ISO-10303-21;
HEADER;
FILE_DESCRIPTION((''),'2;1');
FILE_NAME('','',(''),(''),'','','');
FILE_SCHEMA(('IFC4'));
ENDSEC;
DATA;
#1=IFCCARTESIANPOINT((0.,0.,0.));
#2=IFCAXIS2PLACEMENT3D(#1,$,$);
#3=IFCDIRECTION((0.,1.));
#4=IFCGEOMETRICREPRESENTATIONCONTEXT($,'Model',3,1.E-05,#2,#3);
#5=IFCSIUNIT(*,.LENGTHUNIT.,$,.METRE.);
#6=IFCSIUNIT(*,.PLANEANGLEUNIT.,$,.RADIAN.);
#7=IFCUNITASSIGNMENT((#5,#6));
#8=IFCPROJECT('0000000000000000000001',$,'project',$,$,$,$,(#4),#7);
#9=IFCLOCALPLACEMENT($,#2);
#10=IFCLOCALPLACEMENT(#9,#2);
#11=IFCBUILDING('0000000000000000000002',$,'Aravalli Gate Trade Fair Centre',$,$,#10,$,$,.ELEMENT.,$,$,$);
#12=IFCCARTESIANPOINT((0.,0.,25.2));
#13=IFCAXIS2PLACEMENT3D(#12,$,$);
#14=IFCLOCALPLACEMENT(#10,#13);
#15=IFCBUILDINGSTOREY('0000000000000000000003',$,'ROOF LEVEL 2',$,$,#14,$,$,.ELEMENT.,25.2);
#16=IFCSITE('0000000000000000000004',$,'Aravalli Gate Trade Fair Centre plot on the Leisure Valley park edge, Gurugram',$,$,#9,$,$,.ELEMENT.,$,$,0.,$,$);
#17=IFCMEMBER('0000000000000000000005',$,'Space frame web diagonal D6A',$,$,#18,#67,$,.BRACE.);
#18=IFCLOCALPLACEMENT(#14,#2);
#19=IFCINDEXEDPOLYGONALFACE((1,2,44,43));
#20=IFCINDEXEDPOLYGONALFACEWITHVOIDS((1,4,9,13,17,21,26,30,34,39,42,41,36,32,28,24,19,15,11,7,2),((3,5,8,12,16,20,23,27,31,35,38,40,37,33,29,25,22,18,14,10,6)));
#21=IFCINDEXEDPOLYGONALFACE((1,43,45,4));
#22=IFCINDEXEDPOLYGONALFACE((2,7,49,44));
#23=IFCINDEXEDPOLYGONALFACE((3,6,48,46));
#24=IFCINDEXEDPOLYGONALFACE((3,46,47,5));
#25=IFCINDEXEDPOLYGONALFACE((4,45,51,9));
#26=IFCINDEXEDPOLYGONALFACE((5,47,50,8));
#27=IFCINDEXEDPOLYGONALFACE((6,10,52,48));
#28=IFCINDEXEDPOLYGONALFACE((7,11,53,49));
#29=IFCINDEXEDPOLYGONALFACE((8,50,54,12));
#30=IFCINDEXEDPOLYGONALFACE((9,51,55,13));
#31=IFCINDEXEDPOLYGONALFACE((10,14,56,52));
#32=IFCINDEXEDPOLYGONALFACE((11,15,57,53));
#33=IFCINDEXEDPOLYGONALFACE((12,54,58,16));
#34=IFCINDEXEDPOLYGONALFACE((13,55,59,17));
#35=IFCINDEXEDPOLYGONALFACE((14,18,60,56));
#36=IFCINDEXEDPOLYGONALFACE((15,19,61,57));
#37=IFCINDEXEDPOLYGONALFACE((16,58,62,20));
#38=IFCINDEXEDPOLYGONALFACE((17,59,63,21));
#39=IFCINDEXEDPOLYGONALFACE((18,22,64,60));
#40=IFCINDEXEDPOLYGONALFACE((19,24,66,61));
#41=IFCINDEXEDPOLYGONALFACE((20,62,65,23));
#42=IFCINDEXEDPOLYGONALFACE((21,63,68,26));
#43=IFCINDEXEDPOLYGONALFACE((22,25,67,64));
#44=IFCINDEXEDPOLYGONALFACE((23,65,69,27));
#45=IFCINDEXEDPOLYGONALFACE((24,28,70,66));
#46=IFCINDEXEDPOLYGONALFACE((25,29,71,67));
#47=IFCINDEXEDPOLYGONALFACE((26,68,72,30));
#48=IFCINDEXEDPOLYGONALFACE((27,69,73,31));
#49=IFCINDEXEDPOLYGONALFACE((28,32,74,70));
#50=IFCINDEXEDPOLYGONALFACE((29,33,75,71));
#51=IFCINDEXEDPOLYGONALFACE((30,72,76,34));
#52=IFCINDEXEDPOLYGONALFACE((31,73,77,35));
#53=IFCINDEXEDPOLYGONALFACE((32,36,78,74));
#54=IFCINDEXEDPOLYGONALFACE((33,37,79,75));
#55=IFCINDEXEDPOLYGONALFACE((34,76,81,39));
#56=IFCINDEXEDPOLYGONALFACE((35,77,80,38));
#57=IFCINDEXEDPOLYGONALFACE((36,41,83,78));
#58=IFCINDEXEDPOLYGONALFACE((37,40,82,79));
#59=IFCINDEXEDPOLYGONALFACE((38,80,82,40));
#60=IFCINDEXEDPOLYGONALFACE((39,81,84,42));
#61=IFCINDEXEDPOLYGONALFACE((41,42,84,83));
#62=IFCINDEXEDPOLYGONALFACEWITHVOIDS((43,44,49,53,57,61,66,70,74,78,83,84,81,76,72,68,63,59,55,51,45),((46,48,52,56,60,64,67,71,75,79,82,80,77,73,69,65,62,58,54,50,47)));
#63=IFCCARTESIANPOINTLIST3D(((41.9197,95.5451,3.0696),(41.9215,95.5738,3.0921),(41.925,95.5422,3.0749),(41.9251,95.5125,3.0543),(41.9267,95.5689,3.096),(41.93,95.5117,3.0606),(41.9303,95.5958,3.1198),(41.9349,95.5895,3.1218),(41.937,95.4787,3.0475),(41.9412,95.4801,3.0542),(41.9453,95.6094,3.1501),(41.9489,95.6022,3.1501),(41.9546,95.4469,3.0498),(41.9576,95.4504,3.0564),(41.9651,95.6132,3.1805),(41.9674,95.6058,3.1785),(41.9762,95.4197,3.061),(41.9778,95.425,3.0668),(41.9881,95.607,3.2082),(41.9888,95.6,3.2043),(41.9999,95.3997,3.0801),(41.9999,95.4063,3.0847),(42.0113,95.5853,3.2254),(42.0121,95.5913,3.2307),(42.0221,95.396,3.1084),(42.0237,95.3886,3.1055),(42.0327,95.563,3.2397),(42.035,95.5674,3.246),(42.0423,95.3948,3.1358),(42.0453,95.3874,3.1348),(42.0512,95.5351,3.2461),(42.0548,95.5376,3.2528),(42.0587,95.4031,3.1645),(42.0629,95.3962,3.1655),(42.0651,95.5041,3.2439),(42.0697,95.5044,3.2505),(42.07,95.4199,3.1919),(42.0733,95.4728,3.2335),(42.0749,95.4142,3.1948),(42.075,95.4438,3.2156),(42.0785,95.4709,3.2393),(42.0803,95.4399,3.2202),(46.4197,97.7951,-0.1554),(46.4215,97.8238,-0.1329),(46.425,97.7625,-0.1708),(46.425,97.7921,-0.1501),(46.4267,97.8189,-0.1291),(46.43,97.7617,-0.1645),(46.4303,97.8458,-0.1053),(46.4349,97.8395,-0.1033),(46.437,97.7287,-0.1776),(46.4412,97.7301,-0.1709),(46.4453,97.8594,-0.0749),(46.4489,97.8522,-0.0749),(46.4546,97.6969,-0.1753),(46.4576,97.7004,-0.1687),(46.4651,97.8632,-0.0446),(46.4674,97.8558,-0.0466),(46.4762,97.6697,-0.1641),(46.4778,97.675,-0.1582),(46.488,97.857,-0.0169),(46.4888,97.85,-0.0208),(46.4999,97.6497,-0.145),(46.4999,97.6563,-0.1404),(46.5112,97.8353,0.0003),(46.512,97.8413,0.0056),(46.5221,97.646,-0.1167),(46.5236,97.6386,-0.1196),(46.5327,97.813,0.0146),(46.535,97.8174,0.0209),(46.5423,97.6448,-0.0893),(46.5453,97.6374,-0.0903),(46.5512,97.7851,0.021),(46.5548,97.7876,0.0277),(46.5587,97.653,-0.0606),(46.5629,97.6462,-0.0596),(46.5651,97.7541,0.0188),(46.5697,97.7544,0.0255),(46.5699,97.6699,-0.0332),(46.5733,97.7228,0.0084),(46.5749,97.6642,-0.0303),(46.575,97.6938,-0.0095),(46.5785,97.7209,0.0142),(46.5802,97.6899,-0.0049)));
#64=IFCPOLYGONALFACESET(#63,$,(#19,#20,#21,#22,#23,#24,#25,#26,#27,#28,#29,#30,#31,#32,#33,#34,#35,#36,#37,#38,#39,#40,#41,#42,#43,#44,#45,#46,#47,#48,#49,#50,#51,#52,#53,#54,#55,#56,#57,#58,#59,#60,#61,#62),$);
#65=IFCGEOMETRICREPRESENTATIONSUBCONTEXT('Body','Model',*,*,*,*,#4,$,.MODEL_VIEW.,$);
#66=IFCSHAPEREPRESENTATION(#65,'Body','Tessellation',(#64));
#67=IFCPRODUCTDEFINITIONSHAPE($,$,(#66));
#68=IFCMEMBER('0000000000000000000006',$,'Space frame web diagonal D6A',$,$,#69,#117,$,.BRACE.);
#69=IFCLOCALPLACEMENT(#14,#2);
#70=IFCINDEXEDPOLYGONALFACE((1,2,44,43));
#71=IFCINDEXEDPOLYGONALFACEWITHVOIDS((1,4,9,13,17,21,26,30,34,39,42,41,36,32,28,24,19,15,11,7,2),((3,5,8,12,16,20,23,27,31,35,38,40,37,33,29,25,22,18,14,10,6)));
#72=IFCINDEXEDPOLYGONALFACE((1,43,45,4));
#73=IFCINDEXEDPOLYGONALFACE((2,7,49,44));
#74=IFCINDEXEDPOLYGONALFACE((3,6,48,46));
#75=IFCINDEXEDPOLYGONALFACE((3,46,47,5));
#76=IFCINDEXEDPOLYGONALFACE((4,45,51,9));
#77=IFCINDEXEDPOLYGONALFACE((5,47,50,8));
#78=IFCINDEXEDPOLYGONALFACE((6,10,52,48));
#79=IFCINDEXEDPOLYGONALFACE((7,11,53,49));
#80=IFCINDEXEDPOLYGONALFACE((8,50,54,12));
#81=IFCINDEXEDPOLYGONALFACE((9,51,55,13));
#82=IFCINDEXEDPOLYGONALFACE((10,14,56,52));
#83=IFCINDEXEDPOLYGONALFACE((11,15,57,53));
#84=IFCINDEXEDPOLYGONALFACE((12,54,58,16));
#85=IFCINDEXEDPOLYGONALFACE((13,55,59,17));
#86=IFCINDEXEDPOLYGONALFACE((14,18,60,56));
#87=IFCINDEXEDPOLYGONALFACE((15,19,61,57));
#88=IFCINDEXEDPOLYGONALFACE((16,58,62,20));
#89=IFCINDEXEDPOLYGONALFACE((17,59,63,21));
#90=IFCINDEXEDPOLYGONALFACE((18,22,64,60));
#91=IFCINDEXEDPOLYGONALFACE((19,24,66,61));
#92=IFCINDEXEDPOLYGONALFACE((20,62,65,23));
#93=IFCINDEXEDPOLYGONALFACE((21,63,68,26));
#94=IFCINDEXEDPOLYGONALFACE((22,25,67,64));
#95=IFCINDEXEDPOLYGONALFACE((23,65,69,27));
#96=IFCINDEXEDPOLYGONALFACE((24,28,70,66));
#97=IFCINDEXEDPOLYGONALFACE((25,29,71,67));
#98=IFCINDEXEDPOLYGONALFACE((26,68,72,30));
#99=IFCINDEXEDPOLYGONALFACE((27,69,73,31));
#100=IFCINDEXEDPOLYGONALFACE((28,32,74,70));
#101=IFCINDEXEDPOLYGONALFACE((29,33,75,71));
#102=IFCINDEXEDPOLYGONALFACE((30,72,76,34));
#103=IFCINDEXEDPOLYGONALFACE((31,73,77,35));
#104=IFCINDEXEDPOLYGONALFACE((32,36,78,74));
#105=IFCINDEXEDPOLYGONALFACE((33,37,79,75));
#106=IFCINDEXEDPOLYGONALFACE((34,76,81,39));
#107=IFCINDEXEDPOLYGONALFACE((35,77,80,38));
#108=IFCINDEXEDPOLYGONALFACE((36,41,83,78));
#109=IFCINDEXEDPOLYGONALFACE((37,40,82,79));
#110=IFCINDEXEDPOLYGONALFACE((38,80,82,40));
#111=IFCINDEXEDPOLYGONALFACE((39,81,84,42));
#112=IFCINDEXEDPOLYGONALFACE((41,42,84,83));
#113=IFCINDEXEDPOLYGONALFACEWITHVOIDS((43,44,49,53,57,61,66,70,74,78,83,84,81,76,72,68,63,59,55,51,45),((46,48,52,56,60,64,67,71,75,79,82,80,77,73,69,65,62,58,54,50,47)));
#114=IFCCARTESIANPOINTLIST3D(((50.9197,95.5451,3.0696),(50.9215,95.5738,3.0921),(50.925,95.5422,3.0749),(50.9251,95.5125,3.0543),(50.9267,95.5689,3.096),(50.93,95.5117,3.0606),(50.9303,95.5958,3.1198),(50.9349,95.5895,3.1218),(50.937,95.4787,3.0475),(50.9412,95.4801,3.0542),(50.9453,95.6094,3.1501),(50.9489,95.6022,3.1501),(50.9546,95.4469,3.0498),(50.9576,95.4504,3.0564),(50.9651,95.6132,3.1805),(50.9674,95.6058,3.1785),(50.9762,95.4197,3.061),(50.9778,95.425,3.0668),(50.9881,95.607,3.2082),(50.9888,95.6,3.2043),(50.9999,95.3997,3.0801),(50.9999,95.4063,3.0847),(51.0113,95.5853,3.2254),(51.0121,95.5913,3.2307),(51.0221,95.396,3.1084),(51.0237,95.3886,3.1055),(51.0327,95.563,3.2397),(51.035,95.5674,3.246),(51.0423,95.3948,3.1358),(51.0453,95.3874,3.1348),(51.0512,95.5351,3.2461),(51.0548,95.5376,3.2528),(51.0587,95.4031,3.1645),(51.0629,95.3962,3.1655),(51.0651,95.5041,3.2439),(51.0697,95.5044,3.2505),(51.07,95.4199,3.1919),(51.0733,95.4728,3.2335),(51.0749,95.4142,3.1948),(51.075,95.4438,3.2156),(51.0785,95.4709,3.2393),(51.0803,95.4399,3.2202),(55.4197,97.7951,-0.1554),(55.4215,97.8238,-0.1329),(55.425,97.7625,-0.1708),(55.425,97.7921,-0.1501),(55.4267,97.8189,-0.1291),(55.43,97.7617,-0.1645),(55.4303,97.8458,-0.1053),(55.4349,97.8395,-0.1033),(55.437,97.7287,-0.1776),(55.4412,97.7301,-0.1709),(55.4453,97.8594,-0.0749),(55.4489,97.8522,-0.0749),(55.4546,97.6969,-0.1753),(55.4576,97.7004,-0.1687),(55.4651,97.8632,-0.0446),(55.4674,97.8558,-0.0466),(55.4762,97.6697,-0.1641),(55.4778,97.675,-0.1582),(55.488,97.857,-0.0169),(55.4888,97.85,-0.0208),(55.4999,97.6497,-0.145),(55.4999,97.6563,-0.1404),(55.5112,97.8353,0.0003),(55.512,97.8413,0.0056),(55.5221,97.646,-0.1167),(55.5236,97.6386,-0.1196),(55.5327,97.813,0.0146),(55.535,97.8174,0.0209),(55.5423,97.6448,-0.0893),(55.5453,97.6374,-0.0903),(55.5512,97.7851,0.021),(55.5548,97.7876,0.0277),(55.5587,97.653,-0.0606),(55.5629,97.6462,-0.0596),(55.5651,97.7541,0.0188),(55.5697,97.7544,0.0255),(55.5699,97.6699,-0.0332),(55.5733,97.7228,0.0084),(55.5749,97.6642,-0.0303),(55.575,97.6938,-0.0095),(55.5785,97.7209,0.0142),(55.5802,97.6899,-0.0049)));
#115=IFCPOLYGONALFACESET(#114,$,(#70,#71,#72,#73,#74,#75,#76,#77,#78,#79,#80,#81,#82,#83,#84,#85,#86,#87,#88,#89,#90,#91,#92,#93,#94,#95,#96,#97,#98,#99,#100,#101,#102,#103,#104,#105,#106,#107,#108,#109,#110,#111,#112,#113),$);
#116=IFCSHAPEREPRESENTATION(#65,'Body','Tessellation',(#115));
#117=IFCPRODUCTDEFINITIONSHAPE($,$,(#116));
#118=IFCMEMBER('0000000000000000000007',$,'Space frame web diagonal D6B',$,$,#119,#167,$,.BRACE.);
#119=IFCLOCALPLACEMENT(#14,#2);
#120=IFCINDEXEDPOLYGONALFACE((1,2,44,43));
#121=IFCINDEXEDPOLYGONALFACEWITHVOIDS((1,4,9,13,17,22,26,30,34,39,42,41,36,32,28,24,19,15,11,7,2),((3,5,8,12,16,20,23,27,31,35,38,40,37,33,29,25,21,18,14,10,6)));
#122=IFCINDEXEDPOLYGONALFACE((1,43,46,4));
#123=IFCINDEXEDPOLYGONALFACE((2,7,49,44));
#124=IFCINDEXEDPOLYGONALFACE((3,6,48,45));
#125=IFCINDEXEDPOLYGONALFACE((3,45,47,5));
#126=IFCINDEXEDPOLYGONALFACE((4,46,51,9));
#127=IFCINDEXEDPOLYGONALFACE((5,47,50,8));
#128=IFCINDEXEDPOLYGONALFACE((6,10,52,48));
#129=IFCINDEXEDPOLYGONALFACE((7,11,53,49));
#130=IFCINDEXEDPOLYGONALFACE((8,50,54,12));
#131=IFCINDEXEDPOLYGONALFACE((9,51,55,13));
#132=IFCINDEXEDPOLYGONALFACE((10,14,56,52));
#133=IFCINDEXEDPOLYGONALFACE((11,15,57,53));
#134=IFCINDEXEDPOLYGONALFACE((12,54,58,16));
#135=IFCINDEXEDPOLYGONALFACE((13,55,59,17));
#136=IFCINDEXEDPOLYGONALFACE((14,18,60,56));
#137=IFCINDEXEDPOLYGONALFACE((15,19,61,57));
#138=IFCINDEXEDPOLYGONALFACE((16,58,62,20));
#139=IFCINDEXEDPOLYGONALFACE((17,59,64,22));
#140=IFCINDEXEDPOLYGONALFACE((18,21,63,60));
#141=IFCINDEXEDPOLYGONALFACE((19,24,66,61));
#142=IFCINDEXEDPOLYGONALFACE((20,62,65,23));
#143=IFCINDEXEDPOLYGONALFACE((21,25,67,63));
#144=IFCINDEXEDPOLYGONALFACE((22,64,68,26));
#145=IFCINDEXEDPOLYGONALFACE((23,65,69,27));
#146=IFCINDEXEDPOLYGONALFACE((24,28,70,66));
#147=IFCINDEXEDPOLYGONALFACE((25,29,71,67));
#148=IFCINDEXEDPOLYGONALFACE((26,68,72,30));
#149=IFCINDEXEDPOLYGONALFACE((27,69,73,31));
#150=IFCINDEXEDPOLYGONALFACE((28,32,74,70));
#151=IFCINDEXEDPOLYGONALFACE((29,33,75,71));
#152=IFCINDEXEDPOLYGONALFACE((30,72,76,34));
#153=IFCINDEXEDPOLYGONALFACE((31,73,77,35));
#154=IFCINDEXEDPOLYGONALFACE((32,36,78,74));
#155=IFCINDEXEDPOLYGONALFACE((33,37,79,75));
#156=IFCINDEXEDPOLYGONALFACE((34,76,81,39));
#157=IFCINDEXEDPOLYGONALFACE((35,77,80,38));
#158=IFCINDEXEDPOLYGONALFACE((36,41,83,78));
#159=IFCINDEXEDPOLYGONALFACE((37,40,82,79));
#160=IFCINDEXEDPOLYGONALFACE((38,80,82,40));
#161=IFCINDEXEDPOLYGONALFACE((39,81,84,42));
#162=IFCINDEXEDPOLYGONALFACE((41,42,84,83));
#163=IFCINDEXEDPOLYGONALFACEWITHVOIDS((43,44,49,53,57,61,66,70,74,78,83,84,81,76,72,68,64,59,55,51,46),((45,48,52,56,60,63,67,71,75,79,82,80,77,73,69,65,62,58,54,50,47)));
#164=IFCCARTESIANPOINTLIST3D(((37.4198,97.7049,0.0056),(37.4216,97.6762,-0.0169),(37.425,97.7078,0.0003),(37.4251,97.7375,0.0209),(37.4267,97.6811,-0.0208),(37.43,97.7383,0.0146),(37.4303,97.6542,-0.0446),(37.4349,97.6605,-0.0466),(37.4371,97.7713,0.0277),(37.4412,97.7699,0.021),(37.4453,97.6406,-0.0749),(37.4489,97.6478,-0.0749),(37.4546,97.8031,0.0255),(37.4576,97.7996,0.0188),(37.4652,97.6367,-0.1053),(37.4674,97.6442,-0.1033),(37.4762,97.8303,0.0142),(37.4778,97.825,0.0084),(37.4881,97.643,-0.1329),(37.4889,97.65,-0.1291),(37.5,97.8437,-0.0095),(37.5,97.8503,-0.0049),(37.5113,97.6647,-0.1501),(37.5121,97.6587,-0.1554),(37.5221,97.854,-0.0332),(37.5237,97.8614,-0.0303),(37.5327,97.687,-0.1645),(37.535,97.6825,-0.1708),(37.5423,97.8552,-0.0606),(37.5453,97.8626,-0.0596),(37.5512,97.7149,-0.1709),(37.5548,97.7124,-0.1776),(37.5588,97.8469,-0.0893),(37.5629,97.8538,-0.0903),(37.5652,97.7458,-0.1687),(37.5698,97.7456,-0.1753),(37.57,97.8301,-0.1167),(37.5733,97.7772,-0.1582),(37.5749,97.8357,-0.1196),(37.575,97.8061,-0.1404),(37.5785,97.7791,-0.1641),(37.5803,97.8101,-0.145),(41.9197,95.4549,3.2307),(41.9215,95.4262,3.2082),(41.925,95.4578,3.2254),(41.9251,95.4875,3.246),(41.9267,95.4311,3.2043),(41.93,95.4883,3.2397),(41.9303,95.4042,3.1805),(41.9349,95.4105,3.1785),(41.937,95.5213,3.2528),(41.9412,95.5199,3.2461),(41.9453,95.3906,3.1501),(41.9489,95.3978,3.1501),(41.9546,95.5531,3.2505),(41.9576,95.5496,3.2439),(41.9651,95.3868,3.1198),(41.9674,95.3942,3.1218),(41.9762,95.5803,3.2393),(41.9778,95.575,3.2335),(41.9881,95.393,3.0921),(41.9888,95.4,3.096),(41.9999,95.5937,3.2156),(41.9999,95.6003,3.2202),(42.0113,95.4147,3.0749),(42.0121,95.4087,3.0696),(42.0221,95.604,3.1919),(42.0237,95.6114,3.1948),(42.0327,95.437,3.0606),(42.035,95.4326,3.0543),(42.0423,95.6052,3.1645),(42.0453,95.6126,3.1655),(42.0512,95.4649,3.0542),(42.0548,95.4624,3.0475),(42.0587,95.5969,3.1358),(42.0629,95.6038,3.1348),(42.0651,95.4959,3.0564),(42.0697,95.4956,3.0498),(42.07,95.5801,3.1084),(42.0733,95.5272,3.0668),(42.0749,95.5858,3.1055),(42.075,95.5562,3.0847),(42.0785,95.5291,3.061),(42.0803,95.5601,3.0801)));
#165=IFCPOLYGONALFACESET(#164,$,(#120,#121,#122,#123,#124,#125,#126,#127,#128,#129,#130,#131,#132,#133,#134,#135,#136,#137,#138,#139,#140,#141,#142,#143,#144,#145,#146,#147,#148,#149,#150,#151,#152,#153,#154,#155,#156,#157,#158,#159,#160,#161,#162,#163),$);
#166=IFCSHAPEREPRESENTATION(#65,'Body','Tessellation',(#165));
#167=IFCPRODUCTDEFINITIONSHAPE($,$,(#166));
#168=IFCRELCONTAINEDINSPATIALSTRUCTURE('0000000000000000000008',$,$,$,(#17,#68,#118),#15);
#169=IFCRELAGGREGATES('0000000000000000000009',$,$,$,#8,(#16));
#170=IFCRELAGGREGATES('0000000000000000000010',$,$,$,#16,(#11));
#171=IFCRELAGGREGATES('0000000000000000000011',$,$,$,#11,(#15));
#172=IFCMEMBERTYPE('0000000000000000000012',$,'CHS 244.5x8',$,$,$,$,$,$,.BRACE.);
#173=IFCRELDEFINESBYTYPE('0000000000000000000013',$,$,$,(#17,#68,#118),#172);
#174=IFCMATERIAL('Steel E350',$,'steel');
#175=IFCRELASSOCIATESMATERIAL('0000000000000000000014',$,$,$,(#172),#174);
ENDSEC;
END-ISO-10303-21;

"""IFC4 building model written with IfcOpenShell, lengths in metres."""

from ifc_helpers import new_model, si_unit, direction, frame, origin, origin_2d, place, context, subcontext, project, spatial, hollow_circle, extrude, material, material_profile, profile_set, type_object, element, save


model = new_model("IFC4")

# Units and contexts
model_context = context("Model", 3, precision=1e-05, world=origin(), true_north=direction((0.0, 1.0)))
body_context = subcontext(model_context, "Body", "Model", "MODEL_VIEW")
ifc_project = project(units=[si_unit("LENGTHUNIT", "METRE"), si_unit("PLANEANGLEUNIT", "RADIAN")], contexts=[model_context])

# Site, building, storey
site_placement = place(None, origin())
site = spatial("IfcSite", under=ifc_project, at=site_placement, Name="Aravalli Gate Trade Fair Centre plot on the Leisure Valley park edge, Gurugram", CompositionType="ELEMENT", RefElevation=0.0)
building_placement = place(site_placement, origin())
building = spatial("IfcBuilding", under=site, at=building_placement, Name="Aravalli Gate Trade Fair Centre", CompositionType="ELEMENT")
storey_placement = place(building_placement, frame((0.0, 0.0, 25.2)))
storey = spatial("IfcBuildingStorey", under=building, at=storey_placement, Name="ROOF LEVEL 2", CompositionType="ELEMENT", Elevation=25.2)

# Members
ifc_material_1 = material(Name="Steel E350", Category="steel")
ifc_material_profile_1 = material_profile(ifc_material_1, hollow_circle(Radius=0.1223, WallThickness=0.0081, at=origin_2d()), Name="CHS 244.5x8")
ifc_profile_set_1 = profile_set([ifc_material_profile_1], Name="Steel E350")
member_type_1 = type_object("IfcMemberType", Name="CHS 244.5x8", PredefinedType="BRACE", material=ifc_profile_set_1)
for number, where, z_axis, x_axis, name in (
    (1, (42.0, 95.5, 3.1501), (0.753, 0.3765, -0.539666), (-0.447214, 0.894427, 0.0), "Space frame web diagonal D6A"),
    (2, (51.0, 95.5, 3.1501), (0.753, 0.3765, -0.539666), (-0.447214, 0.894427, 0.0), "Space frame web diagonal D6A"),
    (3, (42.0, 95.5, 3.1501), (-0.753, 0.3765, -0.539666), (-0.447214, -0.894427, 0.0), "Space frame web diagonal D6B"),
):
    element("IfcMember", number, at=place(storey_placement, frame(where, z_axis=z_axis, x_axis=x_axis)), inside=storey, type_object=member_type_1, Name=name, PredefinedType="BRACE", context=body_context, shape_type="SweptSolid", body=[
        extrude(hollow_circle(Radius=0.1223, WallThickness=0.0081, at=origin_2d()), origin(), (0.0, 0.0, 1.0), 5.9761),
    ])

save(model, "model.ifc")
